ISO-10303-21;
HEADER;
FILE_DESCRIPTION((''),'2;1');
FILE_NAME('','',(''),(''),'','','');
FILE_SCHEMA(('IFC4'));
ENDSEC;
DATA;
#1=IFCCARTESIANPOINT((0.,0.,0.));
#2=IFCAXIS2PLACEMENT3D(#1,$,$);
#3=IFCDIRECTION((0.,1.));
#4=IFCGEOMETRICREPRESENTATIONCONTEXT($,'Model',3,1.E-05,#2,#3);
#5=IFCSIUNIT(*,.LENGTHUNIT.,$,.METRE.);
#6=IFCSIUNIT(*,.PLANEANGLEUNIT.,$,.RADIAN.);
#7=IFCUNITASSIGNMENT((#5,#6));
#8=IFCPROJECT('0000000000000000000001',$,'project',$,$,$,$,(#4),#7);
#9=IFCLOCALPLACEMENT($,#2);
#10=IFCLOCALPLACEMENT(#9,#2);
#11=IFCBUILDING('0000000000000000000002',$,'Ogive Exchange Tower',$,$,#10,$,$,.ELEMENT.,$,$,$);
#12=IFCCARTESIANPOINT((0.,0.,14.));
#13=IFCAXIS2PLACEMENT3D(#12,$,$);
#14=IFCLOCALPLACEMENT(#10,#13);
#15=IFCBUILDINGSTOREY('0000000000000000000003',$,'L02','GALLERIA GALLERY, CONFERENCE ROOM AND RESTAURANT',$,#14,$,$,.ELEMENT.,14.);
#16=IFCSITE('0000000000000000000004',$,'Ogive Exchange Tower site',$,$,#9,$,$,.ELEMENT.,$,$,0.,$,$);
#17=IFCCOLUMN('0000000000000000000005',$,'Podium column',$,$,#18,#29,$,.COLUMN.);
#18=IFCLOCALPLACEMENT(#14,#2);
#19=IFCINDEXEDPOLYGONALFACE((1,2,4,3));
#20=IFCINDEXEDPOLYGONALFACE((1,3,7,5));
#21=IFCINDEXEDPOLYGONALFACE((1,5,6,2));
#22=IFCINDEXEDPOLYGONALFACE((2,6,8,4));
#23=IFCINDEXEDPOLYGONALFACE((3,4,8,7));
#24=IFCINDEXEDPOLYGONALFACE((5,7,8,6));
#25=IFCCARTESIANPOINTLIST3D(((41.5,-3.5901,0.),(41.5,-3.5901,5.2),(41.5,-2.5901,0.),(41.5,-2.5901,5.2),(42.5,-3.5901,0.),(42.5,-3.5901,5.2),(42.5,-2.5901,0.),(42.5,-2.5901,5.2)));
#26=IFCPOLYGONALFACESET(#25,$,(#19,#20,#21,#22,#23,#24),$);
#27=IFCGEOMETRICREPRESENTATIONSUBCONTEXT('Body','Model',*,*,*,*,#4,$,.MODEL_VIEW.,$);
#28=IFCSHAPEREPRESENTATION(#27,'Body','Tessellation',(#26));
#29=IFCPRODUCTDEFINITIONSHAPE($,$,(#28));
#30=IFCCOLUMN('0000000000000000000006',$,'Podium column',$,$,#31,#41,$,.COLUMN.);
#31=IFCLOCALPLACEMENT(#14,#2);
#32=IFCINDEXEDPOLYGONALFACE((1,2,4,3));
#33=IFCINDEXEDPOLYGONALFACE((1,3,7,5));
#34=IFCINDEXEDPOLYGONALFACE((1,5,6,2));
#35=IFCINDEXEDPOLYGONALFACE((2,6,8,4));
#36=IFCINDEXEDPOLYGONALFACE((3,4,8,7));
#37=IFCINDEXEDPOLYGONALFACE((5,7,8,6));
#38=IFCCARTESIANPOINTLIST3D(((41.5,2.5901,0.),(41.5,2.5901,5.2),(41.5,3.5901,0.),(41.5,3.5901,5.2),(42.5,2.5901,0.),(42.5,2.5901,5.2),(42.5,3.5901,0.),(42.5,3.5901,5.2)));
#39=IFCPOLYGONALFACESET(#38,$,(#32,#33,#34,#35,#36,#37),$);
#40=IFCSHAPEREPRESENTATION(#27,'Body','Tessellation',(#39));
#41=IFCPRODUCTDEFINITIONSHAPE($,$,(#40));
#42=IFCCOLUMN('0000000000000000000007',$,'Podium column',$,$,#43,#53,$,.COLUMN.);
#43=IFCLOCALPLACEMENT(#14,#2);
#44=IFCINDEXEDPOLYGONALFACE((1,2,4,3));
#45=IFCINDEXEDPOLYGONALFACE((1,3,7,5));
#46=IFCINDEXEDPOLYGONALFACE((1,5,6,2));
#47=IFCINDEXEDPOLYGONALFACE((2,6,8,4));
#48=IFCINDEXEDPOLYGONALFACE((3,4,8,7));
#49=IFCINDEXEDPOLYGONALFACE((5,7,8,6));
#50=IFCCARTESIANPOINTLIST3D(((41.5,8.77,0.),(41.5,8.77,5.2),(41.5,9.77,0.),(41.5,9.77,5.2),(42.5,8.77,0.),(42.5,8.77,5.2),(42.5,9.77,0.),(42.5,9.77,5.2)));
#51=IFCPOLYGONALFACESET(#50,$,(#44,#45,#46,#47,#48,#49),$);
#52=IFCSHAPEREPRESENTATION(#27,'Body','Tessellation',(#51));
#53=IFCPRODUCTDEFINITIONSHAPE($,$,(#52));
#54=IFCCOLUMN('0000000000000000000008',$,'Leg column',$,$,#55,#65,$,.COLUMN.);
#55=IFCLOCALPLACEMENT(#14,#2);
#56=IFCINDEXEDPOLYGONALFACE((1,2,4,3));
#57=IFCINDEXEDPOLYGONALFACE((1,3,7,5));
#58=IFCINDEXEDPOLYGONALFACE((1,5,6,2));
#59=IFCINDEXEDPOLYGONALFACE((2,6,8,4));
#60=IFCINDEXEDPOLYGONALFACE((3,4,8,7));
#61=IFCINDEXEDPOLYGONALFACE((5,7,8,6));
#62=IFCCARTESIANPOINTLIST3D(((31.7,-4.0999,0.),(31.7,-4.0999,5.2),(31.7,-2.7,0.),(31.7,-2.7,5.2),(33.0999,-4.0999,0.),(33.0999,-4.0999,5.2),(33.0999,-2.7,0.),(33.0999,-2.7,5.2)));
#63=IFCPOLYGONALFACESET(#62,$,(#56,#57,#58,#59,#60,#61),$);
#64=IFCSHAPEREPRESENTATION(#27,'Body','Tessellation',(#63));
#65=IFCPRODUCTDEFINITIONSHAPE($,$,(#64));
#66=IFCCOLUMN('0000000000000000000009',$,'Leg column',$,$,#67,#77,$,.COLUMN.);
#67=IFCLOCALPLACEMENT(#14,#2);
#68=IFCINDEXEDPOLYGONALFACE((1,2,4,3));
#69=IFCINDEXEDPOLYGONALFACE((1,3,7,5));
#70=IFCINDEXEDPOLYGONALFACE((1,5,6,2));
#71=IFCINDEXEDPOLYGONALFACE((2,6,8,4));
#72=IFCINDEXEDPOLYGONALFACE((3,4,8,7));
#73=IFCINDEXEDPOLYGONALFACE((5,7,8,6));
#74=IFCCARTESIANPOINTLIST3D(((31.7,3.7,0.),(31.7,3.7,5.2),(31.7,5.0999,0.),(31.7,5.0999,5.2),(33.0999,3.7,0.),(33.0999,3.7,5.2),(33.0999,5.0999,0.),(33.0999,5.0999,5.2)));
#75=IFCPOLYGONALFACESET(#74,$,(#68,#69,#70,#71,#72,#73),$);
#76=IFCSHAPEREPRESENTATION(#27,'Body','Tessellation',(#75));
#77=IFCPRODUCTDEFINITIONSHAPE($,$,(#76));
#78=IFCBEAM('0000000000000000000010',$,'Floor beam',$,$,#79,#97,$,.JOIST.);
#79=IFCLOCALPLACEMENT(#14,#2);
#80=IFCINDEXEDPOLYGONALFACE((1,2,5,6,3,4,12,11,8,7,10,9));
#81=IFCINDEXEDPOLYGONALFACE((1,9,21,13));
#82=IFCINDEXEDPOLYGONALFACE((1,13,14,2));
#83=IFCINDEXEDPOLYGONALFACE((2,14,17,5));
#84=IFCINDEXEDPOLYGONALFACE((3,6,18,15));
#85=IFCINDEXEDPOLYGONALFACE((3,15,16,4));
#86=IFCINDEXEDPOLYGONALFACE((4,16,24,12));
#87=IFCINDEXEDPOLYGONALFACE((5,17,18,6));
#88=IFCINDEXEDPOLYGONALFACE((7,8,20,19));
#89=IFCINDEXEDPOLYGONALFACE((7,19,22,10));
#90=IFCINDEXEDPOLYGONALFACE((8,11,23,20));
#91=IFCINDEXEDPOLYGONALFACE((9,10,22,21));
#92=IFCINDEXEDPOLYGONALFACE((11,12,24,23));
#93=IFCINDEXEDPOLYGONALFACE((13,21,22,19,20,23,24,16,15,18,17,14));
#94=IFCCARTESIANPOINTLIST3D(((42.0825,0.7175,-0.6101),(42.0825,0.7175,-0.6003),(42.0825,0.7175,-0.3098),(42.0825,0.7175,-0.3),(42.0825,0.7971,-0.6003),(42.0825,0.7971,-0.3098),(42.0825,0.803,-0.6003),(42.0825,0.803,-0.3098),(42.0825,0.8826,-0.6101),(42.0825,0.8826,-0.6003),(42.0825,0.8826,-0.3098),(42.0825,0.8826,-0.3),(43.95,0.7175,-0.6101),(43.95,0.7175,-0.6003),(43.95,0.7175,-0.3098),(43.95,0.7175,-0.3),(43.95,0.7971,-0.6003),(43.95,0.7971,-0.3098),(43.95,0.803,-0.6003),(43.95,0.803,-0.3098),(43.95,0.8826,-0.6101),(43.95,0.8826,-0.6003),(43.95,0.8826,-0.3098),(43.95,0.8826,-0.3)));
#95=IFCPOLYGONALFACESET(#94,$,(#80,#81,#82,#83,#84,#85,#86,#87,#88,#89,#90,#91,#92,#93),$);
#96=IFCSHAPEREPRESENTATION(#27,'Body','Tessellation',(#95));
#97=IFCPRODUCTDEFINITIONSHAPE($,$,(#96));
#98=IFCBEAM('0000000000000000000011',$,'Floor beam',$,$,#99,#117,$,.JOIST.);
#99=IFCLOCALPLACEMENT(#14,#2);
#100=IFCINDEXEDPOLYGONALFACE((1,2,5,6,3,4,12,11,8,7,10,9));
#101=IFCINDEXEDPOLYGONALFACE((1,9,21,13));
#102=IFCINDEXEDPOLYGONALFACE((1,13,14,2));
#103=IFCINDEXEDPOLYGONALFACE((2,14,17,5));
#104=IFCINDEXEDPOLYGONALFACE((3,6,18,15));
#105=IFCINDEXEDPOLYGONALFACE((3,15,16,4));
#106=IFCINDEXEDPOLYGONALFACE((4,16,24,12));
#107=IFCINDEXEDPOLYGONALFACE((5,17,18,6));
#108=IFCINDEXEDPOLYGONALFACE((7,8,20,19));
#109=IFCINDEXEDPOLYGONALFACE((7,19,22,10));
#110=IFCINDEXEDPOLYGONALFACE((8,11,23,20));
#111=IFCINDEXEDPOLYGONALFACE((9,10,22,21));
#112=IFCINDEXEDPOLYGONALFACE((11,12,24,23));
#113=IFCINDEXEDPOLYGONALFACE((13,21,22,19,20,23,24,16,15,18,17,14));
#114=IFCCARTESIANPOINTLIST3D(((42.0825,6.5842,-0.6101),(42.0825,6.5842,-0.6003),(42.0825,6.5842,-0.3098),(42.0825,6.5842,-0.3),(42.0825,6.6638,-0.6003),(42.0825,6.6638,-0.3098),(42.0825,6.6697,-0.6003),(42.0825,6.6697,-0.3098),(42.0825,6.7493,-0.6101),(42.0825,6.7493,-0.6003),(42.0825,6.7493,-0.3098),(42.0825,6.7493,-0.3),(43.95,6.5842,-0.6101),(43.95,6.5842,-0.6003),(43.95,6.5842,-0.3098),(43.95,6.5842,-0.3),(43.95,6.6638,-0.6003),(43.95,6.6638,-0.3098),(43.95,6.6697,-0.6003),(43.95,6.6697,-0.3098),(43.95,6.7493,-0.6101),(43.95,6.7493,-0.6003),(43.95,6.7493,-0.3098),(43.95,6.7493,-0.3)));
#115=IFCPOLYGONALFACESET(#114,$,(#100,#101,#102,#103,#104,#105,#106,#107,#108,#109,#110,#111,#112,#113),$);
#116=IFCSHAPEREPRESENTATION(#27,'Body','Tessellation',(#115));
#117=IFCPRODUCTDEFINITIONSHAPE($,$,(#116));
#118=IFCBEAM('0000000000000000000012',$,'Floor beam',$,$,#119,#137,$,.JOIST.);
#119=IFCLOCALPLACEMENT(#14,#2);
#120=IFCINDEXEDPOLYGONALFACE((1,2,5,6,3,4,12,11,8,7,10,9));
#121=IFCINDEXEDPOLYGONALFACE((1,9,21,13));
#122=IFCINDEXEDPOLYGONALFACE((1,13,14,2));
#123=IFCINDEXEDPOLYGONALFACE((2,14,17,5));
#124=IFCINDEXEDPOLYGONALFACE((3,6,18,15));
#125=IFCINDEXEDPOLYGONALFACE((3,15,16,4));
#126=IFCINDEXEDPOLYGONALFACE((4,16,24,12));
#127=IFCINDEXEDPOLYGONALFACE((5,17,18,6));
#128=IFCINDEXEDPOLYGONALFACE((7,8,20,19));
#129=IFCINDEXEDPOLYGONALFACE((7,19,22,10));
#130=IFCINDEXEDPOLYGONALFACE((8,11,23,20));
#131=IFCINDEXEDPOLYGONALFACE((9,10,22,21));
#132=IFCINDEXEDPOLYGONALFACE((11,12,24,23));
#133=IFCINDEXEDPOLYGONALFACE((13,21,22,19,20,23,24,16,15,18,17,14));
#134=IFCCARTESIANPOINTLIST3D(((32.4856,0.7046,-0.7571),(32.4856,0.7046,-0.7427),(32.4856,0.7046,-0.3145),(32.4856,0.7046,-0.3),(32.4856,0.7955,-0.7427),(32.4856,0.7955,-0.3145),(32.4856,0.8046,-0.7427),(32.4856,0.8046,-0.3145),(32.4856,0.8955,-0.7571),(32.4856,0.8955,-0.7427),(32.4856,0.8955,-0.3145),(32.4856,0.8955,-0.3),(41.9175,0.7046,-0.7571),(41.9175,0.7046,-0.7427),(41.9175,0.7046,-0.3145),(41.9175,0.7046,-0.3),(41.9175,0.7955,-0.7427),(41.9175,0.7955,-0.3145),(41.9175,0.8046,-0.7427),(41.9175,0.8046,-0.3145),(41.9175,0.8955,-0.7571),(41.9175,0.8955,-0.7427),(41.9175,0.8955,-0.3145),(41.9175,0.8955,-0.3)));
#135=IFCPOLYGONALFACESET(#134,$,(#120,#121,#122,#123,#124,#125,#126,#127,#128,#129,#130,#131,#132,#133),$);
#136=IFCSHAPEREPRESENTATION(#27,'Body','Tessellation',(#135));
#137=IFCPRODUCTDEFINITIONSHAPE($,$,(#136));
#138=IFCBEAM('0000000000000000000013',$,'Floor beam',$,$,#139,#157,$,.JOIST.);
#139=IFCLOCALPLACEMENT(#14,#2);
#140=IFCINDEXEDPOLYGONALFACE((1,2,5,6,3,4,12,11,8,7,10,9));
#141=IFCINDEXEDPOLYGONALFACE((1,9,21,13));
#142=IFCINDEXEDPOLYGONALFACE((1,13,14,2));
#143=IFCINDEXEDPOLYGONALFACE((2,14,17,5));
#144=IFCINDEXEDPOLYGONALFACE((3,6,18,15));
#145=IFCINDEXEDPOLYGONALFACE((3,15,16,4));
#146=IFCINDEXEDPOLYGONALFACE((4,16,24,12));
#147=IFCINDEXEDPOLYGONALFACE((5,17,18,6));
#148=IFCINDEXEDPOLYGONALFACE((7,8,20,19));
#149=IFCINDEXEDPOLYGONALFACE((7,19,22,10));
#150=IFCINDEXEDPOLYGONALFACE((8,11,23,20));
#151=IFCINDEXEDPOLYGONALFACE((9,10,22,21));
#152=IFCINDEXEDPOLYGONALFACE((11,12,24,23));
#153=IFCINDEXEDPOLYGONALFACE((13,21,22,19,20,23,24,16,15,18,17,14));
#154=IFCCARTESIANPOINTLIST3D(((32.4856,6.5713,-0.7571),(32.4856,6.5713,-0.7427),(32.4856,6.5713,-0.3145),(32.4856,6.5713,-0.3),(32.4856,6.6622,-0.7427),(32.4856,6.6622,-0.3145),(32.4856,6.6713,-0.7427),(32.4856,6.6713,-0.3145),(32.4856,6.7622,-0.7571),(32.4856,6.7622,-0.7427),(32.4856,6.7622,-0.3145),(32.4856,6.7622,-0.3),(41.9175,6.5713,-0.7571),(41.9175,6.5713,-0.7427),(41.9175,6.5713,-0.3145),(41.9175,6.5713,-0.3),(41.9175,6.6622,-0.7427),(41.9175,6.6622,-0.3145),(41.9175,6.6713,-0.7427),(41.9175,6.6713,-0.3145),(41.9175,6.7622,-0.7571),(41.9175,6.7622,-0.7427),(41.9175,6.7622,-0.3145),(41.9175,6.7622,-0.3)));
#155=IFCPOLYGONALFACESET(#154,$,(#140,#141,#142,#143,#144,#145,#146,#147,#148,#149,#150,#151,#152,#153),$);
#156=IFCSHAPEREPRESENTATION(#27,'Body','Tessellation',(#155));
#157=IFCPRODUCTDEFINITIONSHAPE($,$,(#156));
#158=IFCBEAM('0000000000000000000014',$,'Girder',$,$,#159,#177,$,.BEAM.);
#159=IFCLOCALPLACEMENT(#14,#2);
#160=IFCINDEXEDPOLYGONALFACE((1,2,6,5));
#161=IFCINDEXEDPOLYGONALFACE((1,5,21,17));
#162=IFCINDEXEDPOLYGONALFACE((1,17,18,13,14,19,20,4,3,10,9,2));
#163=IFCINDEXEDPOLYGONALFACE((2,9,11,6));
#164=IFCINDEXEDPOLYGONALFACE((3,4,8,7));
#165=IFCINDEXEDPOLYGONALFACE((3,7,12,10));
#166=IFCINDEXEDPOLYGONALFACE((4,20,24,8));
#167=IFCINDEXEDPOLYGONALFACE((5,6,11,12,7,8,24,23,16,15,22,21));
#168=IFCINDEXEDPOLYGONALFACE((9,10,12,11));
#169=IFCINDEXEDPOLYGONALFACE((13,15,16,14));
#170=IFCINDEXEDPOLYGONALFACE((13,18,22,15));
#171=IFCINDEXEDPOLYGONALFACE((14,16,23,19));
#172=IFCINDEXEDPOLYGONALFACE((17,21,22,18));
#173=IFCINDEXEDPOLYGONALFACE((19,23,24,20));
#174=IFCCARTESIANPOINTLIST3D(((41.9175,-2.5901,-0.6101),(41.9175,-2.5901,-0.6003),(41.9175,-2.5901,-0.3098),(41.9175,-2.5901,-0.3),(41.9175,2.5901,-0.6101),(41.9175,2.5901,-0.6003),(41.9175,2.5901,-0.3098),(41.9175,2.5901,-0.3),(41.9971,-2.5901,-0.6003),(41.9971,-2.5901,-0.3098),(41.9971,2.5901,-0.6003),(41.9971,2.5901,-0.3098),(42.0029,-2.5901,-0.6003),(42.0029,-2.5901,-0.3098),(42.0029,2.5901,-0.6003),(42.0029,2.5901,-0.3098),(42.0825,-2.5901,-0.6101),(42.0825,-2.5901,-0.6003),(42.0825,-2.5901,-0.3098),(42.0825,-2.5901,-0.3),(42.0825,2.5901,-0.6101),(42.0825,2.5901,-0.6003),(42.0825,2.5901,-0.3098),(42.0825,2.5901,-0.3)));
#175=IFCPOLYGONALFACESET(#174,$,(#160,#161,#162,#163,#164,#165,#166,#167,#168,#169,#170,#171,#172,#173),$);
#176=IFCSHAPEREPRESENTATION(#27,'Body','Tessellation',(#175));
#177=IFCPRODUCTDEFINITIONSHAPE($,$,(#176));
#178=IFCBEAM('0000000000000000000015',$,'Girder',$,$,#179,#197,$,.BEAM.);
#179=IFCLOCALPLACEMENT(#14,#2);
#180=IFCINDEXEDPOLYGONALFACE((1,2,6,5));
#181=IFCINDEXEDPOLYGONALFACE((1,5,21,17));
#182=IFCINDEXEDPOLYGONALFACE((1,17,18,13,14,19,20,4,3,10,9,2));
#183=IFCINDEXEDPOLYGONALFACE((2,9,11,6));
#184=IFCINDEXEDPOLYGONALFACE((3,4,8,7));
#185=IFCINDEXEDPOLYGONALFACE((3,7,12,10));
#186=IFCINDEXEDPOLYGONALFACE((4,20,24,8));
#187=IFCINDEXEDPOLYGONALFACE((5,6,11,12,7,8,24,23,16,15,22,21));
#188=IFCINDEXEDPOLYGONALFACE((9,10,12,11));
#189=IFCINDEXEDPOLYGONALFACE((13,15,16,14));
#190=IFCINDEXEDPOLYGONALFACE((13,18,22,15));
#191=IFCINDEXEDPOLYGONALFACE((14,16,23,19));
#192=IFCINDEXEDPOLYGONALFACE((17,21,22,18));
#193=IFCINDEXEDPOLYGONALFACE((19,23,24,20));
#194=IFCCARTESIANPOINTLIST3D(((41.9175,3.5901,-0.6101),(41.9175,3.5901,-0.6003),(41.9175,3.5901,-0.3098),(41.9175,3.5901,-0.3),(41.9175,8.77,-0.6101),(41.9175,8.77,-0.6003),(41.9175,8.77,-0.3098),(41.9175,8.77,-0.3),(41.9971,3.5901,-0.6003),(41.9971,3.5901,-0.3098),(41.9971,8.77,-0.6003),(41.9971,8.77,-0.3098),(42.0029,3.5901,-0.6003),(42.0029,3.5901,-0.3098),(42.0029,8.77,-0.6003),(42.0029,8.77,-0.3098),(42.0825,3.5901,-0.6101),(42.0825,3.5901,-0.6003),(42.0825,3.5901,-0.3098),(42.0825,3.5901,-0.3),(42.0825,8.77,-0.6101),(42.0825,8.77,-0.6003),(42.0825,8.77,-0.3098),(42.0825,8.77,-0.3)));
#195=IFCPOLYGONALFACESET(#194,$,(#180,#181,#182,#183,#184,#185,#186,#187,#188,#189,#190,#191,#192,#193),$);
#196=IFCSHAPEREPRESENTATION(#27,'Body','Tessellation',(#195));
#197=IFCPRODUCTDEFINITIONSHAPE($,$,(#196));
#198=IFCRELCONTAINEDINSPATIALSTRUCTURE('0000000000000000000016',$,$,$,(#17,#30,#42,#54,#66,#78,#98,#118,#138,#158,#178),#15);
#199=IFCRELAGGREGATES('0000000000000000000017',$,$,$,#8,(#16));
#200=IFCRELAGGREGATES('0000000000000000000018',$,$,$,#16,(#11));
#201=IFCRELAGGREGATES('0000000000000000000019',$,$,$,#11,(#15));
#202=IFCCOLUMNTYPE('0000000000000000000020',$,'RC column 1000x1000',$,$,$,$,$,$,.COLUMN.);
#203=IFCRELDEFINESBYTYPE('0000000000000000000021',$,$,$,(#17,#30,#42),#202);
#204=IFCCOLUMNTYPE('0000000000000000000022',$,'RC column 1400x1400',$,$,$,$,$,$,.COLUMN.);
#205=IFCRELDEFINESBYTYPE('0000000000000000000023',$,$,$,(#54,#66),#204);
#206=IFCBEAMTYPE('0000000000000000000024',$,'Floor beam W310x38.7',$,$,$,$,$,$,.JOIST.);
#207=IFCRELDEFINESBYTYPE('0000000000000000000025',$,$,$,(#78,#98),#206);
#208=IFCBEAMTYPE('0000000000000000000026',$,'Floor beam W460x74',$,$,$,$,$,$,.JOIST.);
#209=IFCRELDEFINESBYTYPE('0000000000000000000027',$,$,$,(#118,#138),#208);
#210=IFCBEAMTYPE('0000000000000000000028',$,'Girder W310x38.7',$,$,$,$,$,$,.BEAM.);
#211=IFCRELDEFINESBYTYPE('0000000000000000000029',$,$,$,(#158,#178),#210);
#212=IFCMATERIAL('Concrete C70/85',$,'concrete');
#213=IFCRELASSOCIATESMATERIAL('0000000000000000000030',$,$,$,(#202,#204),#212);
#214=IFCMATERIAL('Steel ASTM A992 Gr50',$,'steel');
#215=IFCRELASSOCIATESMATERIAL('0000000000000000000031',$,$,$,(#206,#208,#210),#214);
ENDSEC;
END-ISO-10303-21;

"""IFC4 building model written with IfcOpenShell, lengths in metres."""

from ifc_helpers import new_model, si_unit, direction, frame, origin, origin_2d, place, context, subcontext, project, spatial, rectangle, i_section, extrude, material, material_profile, profile_set, type_object, element, save


model = new_model("IFC4")

# Units and contexts
model_context = context("Model", 3, precision=1e-05, world=origin(), true_north=direction((0.0, 1.0)))
body_context = subcontext(model_context, "Body", "Model", "MODEL_VIEW")
ifc_project = project(units=[si_unit("LENGTHUNIT", "METRE"), si_unit("PLANEANGLEUNIT", "RADIAN")], contexts=[model_context])

# Site, building, storey
site_placement = place(None, origin())
site = spatial("IfcSite", under=ifc_project, at=site_placement, Name="Ogive Exchange Tower site", CompositionType="ELEMENT", RefElevation=0.0)
building_placement = place(site_placement, origin())
building = spatial("IfcBuilding", under=site, at=building_placement, Name="Ogive Exchange Tower", CompositionType="ELEMENT")
storey_placement = place(building_placement, frame((0.0, 0.0, 14.0)))
storey = spatial("IfcBuildingStorey", under=building, at=storey_placement, Name="L02", Description="GALLERIA GALLERY, CONFERENCE ROOM AND RESTAURANT", CompositionType="ELEMENT", Elevation=14.0)

# Columns
ifc_material_1 = material(Name="Concrete C70/85", Category="concrete")
ifc_material_profile_1 = material_profile(ifc_material_1, rectangle(XDim=1.0, YDim=1.0, at=origin_2d()), Name="RC 1000x1000")
ifc_profile_set_1 = profile_set([ifc_material_profile_1], Name="Concrete C70/85")
column_type_1 = type_object("IfcColumnType", Name="RC column 1000x1000", PredefinedType="COLUMN", material=ifc_profile_set_1)
for number, where, z_axis, x_axis, name in (
    (1, (42.0, -3.0901, 0.0), (0.0, 0.0, 1.0), (1.0, 0.0, 0.0), "Podium column"),
    (2, (42.0, 3.0901, 0.0), (0.0, 0.0, 1.0), (1.0, 0.0, 0.0), "Podium column"),
    (3, (42.0, 9.27, 0.0), (0.0, 0.0, 1.0), (1.0, 0.0, 0.0), "Podium column"),
):
    element("IfcColumn", number, at=place(storey_placement, frame(where, z_axis=z_axis, x_axis=x_axis)), inside=storey, type_object=column_type_1, Name=name, PredefinedType="COLUMN", context=body_context, shape_type="SweptSolid", body=[
        extrude(rectangle(XDim=1.0, YDim=1.0, at=origin_2d()), origin(), (0.0, 0.0, 1.0), 5.2),
    ])
ifc_material_profile_2 = material_profile(ifc_material_1, rectangle(XDim=1.3999, YDim=1.3999, at=origin_2d()), Name="RC 1400x1400")
ifc_profile_set_2 = profile_set([ifc_material_profile_2], Name="Concrete C70/85")
column_type_2 = type_object("IfcColumnType", Name="RC column 1400x1400", PredefinedType="COLUMN", material=ifc_profile_set_2)
for number, where, z_axis, x_axis, name in (
    (4, (32.3999, -3.3999, 0.0), (0.0, 0.0, 1.0), (1.0, 0.0, 0.0), "Leg column"),
    (5, (32.3999, 4.3999, 0.0), (0.0, 0.0, 1.0), (1.0, 0.0, 0.0), "Leg column"),
):
    element("IfcColumn", number, at=place(storey_placement, frame(where, z_axis=z_axis, x_axis=x_axis)), inside=storey, type_object=column_type_2, Name=name, PredefinedType="COLUMN", context=body_context, shape_type="SweptSolid", body=[
        extrude(rectangle(XDim=1.3999, YDim=1.3999, at=origin_2d()), origin(), (0.0, 0.0, 1.0), 5.2),
    ])

# Beams
ifc_material_2 = material(Name="Steel ASTM A992 Gr50", Category="steel")
ifc_material_profile_3 = material_profile(ifc_material_2, i_section(OverallWidth=0.165, OverallDepth=0.3101, WebThickness=0.0059, FlangeThickness=0.0098, at=origin_2d()), Name="W310x38.7")
ifc_profile_set_3 = profile_set([ifc_material_profile_3], Name="Steel ASTM A992 Gr50")
beam_type_1 = type_object("IfcBeamType", Name="Floor beam W310x38.7", PredefinedType="JOIST", material=ifc_profile_set_3)
for number, where, z_axis, x_axis, name in (
    (6, (42.0825, 0.8, -0.4551), (1.0, 0.0, 0.0), (0.0, 1.0, 0.0), "Floor beam"),
    (7, (42.0825, 6.6667, -0.4551), (1.0, 0.0, 0.0), (0.0, 1.0, 0.0), "Floor beam"),
):
    element("IfcBeam", number, at=place(storey_placement, frame(where, z_axis=z_axis, x_axis=x_axis)), inside=storey, type_object=beam_type_1, Name=name, PredefinedType="JOIST", context=body_context, shape_type="SweptSolid", body=[
        extrude(i_section(OverallWidth=0.165, OverallDepth=0.3101, WebThickness=0.0059, FlangeThickness=0.0098, at=origin_2d()), origin(), (0.0, 0.0, 1.0), 1.8674),
    ])
ifc_material_profile_4 = material_profile(ifc_material_2, i_section(OverallWidth=0.1909, OverallDepth=0.457, WebThickness=0.009, FlangeThickness=0.0144, at=origin_2d()), Name="W460x74")
ifc_profile_set_4 = profile_set([ifc_material_profile_4], Name="Steel ASTM A992 Gr50")
beam_type_2 = type_object("IfcBeamType", Name="Floor beam W460x74", PredefinedType="JOIST", material=ifc_profile_set_4)
for number, where, z_axis, x_axis, name in (
    (8, (32.4856, 0.8, -0.5286), (1.0, 0.0, 0.0), (0.0, 1.0, 0.0), "Floor beam"),
    (9, (32.4856, 6.6667, -0.5286), (1.0, 0.0, 0.0), (0.0, 1.0, 0.0), "Floor beam"),
):
    element("IfcBeam", number, at=place(storey_placement, frame(where, z_axis=z_axis, x_axis=x_axis)), inside=storey, type_object=beam_type_2, Name=name, PredefinedType="JOIST", context=body_context, shape_type="SweptSolid", body=[
        extrude(i_section(OverallWidth=0.1909, OverallDepth=0.457, WebThickness=0.009, FlangeThickness=0.0144, at=origin_2d()), origin(), (0.0, 0.0, 1.0), 9.4319),
    ])
ifc_material_profile_5 = material_profile(ifc_material_2, i_section(OverallWidth=0.165, OverallDepth=0.3101, WebThickness=0.0059, FlangeThickness=0.0098, at=origin_2d()), Name="W310x38.7")
ifc_profile_set_5 = profile_set([ifc_material_profile_5], Name="Steel ASTM A992 Gr50")
beam_type_3 = type_object("IfcBeamType", Name="Girder W310x38.7", PredefinedType="BEAM", material=ifc_profile_set_5)
beam_1_placement = place(storey_placement, frame((42.0, -2.5901, -0.4551), z_axis=(0.0, 1.0, 0.0), x_axis=(-1.0, 0.0, 0.0)))
element("IfcBeam", 10, at=beam_1_placement, inside=storey, type_object=beam_type_3, Name="Girder", PredefinedType="BEAM", context=body_context, shape_type="SweptSolid", body=[
    extrude(i_section(OverallWidth=0.165, OverallDepth=0.3101, WebThickness=0.0059, FlangeThickness=0.0098, at=origin_2d()), origin(), (0.0, 0.0, 1.0), 5.1802),
])
beam_2_placement = place(storey_placement, frame((42.0, 3.5901, -0.4551), z_axis=(0.0, 1.0, 0.0), x_axis=(-1.0, 0.0, 0.0)))
element("IfcBeam", 11, at=beam_2_placement, inside=storey, type_object=beam_type_3, Name="Girder", PredefinedType="BEAM", context=body_context, shape_type="SweptSolid", body=[
    extrude(i_section(OverallWidth=0.165, OverallDepth=0.3101, WebThickness=0.0059, FlangeThickness=0.0098, at=origin_2d()), origin(), (0.0, 0.0, 1.0), 5.1799),
])

save(model, "model.ifc")
